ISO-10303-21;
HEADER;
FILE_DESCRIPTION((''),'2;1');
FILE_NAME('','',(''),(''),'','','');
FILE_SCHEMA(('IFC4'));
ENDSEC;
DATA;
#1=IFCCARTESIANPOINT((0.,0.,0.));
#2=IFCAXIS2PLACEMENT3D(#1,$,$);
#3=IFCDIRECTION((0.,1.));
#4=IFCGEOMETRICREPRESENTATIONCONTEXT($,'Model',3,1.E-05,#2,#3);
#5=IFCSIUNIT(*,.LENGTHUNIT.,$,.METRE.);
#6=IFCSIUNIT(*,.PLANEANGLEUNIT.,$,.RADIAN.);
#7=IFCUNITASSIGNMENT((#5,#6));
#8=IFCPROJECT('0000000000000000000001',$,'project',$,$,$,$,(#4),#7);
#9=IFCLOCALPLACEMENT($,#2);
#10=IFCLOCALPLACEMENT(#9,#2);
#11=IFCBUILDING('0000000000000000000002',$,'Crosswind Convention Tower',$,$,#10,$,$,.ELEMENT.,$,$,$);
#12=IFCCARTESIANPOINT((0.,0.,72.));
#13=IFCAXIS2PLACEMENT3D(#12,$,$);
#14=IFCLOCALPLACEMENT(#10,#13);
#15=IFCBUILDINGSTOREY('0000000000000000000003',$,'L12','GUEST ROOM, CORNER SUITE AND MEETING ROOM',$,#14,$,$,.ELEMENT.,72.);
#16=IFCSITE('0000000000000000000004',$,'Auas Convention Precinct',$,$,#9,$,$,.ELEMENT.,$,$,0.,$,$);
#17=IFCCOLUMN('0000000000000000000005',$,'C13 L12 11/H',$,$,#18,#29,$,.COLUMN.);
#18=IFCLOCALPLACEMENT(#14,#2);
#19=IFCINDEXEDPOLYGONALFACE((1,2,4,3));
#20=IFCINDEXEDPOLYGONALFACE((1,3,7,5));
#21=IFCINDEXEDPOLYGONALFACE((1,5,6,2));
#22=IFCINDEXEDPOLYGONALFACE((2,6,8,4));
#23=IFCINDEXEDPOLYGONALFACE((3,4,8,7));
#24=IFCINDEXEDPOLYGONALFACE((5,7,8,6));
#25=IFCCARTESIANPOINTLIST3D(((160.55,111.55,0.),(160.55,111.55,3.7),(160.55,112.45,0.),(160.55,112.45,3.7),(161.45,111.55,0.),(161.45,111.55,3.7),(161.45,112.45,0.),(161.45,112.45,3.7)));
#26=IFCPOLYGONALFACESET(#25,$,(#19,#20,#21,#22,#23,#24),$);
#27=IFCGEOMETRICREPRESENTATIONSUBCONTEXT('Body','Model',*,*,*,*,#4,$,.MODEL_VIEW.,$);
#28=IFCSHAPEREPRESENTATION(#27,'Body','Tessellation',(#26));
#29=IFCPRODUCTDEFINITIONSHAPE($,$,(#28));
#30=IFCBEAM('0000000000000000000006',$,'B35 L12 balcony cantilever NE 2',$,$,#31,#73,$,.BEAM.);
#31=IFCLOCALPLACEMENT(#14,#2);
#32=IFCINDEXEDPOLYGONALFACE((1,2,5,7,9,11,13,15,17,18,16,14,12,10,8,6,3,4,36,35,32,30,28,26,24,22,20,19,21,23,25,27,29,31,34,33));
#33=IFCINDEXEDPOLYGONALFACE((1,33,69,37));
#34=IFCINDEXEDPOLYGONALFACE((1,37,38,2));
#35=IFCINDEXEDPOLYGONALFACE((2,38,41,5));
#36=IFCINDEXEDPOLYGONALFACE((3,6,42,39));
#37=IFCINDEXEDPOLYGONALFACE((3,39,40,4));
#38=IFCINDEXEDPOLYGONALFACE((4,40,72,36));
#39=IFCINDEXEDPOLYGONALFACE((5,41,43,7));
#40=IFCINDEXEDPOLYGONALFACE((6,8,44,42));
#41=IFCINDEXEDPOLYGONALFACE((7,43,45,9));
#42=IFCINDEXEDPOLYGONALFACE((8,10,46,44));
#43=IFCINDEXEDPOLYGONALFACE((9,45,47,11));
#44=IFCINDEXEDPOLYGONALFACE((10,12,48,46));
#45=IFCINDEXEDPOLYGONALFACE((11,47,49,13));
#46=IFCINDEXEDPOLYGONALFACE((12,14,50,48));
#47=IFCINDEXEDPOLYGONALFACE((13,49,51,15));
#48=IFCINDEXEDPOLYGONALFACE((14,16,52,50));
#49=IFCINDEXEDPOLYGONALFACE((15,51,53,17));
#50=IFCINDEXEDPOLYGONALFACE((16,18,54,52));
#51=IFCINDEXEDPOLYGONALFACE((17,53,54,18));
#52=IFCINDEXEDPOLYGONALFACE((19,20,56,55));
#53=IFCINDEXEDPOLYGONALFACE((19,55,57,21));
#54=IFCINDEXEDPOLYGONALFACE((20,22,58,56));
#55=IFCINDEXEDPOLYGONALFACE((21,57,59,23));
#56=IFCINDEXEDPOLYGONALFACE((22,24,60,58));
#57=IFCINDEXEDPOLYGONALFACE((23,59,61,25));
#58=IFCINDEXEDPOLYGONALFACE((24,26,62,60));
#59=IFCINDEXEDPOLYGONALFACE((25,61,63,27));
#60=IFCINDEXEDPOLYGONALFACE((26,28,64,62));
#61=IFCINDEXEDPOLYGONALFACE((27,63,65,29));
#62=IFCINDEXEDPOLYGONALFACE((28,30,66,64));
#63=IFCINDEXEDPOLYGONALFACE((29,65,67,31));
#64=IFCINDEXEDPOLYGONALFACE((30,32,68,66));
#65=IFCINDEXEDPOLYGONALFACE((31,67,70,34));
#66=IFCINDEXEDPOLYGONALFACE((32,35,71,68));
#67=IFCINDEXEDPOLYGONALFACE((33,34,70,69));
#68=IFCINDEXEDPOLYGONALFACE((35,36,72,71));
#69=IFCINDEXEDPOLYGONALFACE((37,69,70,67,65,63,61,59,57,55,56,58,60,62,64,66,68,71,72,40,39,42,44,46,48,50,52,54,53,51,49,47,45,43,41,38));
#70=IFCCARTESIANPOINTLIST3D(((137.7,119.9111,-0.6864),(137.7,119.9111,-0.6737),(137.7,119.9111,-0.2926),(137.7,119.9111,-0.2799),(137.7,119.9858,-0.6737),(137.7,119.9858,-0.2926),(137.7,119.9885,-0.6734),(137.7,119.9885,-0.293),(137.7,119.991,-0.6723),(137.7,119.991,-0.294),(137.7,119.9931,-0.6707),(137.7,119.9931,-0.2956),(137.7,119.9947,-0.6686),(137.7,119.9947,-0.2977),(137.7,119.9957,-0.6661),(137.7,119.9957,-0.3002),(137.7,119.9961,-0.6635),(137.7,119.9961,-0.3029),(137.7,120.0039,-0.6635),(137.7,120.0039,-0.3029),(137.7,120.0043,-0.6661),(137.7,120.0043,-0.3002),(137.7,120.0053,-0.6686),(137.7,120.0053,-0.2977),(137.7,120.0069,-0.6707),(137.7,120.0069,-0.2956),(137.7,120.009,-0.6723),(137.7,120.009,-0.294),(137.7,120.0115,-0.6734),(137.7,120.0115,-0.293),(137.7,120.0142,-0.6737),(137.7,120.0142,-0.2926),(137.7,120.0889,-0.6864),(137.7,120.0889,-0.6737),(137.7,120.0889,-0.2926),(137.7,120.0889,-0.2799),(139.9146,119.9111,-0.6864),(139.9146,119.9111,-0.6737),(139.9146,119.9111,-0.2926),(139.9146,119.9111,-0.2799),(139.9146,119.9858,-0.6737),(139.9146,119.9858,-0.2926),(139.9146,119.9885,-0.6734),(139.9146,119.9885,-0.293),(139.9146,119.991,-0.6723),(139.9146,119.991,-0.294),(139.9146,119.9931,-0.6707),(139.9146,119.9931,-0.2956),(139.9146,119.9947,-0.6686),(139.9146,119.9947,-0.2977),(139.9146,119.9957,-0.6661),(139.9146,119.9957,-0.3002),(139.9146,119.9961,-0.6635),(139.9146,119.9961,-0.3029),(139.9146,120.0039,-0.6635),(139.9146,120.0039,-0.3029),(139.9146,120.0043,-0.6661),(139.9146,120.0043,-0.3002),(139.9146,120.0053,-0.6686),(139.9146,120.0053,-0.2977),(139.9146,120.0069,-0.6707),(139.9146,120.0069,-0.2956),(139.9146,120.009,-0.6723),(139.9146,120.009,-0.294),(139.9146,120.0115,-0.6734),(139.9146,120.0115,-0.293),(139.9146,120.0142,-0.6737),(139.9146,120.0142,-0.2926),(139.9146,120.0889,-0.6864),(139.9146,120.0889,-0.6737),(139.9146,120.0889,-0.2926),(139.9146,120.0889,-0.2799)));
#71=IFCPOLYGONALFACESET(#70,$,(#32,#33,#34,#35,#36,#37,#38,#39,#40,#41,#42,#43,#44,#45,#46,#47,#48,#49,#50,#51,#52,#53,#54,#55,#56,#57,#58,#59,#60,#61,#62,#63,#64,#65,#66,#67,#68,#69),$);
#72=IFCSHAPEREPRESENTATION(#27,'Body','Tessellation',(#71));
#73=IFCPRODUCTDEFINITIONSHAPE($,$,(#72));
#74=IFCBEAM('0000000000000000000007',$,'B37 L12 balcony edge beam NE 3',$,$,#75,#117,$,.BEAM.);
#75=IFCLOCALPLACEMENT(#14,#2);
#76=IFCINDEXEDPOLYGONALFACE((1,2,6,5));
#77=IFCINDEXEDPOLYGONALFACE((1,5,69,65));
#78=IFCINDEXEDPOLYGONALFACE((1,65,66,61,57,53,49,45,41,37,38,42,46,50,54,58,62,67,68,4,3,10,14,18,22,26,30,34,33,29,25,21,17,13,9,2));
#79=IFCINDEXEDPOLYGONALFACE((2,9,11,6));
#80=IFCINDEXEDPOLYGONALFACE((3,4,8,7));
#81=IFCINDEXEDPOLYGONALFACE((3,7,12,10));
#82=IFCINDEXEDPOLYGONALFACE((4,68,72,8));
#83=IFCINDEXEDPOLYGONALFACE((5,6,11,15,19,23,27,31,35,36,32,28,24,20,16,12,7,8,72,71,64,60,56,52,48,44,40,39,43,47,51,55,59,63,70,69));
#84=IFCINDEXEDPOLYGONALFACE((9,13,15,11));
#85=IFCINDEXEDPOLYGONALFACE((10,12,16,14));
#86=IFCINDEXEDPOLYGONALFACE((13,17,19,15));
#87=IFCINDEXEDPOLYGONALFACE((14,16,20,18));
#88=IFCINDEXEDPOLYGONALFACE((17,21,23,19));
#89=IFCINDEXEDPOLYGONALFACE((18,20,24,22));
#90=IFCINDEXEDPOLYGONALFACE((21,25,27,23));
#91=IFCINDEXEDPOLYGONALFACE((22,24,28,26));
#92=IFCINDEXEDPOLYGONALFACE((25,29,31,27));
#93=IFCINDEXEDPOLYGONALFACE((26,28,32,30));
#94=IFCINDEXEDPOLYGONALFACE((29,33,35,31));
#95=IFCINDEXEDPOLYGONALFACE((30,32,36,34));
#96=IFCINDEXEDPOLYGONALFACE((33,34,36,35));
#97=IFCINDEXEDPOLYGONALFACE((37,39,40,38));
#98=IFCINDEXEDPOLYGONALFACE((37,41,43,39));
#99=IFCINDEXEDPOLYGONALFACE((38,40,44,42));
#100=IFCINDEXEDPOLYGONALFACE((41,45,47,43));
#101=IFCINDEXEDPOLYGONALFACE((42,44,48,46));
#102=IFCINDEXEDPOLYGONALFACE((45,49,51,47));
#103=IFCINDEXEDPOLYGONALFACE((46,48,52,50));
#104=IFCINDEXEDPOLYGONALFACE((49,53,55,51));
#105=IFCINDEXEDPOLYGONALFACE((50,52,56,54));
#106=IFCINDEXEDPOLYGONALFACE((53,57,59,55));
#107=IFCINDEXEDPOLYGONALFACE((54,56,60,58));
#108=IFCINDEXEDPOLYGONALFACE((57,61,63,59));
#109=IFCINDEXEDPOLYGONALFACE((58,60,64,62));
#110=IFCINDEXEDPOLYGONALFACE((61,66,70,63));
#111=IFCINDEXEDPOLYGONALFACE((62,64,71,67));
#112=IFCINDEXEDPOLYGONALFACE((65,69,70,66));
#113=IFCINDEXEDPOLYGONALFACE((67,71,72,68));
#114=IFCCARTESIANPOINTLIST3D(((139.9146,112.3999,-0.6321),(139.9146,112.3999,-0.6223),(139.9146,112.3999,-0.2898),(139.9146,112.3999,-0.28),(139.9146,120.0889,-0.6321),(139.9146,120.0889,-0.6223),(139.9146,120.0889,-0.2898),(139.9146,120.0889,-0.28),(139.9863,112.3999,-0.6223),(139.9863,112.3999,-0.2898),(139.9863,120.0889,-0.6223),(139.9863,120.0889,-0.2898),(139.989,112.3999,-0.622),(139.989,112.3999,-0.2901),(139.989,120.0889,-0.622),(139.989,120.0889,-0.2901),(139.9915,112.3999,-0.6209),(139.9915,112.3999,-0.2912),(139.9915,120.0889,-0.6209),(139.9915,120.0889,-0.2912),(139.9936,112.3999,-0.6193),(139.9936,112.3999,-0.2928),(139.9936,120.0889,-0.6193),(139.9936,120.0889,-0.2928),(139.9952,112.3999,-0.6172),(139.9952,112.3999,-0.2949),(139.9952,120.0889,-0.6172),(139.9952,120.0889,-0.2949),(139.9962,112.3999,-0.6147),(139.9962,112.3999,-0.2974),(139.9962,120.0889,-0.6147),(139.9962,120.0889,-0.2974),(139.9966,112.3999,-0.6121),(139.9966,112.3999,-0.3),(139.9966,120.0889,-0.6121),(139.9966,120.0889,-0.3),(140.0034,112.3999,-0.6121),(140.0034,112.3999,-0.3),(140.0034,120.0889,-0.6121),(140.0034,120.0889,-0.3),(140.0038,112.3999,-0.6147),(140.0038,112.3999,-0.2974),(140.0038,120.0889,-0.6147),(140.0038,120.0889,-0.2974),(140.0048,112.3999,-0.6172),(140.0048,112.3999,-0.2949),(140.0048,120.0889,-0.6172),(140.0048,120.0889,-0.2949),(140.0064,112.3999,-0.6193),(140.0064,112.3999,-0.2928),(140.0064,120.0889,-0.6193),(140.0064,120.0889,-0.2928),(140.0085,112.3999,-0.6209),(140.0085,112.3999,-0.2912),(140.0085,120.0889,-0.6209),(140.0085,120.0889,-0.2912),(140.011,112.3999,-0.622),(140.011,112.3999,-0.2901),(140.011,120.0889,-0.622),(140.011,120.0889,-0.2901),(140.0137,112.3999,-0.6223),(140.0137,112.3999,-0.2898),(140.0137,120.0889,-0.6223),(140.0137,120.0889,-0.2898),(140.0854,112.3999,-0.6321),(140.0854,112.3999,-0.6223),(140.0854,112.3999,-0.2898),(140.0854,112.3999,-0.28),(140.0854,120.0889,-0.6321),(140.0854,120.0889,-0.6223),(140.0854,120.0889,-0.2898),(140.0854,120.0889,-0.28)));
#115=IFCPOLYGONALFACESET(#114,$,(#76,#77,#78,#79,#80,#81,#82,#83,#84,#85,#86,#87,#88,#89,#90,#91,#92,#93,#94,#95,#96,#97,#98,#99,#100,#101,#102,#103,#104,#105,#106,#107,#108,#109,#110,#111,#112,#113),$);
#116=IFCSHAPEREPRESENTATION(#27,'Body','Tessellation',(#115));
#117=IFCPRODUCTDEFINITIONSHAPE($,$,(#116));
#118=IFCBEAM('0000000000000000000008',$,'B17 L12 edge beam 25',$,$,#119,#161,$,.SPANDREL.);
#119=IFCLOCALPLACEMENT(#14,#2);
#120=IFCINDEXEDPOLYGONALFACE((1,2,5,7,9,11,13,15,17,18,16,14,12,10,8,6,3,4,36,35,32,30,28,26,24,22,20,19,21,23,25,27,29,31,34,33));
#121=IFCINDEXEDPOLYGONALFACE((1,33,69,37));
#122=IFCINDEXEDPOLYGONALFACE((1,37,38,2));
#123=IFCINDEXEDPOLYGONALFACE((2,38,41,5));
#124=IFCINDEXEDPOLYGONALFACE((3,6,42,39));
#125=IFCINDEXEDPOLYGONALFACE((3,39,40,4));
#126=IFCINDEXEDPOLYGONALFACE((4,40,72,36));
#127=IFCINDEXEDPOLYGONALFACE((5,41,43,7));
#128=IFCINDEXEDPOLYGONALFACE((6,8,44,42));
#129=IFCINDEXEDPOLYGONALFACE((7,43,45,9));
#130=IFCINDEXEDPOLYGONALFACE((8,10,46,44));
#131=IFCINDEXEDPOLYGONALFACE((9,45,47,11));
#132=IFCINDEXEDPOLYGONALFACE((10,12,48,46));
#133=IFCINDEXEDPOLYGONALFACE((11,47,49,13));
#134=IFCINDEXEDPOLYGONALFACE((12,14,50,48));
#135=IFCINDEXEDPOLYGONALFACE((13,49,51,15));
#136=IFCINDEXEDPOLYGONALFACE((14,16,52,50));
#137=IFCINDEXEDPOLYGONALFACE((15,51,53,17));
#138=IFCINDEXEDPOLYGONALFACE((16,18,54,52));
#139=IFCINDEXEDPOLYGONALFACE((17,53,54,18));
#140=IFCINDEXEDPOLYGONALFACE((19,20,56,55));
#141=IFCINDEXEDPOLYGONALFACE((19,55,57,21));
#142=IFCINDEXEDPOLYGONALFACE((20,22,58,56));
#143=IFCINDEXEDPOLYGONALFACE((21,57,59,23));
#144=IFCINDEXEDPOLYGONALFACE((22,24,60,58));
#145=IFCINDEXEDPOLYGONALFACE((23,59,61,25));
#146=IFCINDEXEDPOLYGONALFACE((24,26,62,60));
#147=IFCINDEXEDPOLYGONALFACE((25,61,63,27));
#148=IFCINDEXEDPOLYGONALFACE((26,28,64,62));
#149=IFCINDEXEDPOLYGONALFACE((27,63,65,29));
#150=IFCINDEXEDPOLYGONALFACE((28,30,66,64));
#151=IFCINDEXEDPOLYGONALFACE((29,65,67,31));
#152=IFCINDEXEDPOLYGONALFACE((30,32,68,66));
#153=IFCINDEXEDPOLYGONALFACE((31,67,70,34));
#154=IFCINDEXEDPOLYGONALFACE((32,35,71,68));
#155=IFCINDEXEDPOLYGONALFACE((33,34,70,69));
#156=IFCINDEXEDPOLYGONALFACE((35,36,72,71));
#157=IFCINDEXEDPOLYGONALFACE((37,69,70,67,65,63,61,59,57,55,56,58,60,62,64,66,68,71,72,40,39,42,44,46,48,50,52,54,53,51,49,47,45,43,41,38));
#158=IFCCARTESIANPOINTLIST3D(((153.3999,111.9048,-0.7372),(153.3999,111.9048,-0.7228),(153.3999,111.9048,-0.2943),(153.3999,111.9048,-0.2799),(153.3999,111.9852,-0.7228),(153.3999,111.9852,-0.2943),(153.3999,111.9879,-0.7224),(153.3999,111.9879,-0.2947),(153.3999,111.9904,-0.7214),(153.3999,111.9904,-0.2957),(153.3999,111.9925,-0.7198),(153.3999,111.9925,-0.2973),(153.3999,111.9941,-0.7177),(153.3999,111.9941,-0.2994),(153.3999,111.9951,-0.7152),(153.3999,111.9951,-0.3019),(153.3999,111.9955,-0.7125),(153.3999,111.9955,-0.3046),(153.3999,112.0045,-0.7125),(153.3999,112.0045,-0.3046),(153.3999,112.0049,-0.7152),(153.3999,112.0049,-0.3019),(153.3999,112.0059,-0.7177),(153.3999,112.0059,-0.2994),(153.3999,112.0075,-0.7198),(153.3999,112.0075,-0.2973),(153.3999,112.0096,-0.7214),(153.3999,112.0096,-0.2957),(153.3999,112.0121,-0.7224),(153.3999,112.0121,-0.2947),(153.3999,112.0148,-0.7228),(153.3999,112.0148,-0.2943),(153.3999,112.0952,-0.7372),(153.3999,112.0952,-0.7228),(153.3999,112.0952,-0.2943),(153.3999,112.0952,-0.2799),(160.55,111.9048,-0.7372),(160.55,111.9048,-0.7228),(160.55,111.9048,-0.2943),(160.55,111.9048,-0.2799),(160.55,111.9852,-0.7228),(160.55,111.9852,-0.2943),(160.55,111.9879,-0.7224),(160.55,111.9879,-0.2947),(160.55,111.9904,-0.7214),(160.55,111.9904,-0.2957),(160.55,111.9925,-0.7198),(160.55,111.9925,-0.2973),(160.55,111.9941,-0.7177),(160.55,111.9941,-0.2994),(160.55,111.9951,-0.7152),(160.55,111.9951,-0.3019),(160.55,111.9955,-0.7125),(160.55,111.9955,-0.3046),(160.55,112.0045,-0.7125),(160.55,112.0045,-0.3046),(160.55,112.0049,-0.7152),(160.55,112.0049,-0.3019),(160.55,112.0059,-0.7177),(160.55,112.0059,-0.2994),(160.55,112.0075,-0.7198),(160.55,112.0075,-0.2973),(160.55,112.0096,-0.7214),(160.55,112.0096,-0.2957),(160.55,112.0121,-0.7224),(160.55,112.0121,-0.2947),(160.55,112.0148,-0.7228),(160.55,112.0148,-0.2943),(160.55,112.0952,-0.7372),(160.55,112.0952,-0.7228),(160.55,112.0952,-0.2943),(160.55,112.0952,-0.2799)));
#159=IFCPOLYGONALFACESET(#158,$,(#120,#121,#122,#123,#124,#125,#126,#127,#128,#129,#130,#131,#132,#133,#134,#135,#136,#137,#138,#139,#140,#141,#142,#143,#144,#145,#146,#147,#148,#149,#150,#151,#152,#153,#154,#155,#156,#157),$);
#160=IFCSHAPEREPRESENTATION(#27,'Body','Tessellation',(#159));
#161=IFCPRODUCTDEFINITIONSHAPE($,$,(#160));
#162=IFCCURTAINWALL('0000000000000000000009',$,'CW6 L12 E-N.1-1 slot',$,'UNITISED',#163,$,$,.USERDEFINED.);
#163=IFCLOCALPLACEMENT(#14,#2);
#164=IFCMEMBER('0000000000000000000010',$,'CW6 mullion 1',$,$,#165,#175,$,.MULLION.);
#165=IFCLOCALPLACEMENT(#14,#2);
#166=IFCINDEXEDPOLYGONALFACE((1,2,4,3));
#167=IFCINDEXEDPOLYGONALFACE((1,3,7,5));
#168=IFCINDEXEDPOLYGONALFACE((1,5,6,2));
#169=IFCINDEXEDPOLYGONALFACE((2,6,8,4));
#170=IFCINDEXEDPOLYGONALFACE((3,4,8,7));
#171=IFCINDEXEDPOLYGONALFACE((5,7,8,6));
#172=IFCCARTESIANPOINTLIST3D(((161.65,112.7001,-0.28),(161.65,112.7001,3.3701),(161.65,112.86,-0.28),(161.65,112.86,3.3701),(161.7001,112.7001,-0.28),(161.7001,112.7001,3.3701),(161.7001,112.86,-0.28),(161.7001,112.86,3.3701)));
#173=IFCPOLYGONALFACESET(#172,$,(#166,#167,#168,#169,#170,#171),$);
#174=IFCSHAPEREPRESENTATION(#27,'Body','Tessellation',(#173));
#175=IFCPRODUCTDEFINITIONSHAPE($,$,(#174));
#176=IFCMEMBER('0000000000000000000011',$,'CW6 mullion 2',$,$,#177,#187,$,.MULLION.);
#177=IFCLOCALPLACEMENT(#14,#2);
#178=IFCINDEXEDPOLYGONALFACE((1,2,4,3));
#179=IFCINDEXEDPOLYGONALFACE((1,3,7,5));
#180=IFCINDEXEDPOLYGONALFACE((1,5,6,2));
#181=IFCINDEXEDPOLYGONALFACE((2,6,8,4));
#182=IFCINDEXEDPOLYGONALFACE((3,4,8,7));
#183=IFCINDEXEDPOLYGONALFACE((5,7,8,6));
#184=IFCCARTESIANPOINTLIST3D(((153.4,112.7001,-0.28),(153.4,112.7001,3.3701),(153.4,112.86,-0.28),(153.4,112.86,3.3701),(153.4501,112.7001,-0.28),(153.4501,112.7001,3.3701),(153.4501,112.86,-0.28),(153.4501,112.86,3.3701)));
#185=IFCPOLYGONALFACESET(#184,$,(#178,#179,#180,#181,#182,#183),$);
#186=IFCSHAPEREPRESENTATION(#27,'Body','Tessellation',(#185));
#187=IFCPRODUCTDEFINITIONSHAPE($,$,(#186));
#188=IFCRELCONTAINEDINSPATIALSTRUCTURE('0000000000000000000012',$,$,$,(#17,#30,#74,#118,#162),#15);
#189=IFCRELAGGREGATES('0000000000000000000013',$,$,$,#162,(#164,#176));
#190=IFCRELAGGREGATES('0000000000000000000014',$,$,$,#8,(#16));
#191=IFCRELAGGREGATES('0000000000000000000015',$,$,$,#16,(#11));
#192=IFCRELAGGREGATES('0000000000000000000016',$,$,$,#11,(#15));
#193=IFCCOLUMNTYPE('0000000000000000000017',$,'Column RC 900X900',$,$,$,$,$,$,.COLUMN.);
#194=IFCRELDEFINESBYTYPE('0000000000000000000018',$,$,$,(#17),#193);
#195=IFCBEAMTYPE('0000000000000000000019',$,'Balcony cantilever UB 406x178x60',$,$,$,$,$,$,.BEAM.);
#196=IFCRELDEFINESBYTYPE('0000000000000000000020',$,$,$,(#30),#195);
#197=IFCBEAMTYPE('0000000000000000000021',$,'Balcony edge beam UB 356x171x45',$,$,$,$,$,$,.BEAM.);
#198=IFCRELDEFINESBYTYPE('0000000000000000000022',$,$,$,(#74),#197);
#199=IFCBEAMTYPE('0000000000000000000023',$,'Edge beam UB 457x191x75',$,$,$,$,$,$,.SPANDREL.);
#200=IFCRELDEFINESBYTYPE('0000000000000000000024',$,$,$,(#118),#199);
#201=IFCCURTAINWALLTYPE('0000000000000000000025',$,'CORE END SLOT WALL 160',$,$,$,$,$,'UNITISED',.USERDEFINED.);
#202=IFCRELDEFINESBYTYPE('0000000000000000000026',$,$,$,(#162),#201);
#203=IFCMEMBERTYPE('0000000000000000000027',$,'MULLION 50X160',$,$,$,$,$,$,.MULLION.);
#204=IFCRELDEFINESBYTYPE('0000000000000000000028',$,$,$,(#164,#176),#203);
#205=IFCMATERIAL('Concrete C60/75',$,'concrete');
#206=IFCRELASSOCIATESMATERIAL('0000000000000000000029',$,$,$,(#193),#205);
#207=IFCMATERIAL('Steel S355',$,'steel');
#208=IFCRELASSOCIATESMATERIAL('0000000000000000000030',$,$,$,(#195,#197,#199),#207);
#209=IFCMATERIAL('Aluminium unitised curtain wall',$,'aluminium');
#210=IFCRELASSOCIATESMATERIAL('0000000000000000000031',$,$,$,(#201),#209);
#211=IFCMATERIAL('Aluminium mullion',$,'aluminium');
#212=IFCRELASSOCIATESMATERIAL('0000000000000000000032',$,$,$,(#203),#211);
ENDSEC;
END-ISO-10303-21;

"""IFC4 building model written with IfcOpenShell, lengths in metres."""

from ifc_helpers import new_model, si_unit, direction, frame, origin, origin_2d, place, context, subcontext, project, spatial, rectangle, i_section, extrude, material, material_profile, profile_set, type_object, element, aggregate, save


model = new_model("IFC4")

# Units and contexts
model_context = context("Model", 3, precision=1e-05, world=origin(), true_north=direction((0.0, 1.0)))
body_context = subcontext(model_context, "Body", "Model", "MODEL_VIEW")
ifc_project = project(units=[si_unit("LENGTHUNIT", "METRE"), si_unit("PLANEANGLEUNIT", "RADIAN")], contexts=[model_context])

# Site, building, storey
site_placement = place(None, origin())
site = spatial("IfcSite", under=ifc_project, at=site_placement, Name="Auas Convention Precinct", CompositionType="ELEMENT", RefElevation=0.0)
building_placement = place(site_placement, origin())
building = spatial("IfcBuilding", under=site, at=building_placement, Name="Crosswind Convention Tower", CompositionType="ELEMENT")
storey_placement = place(building_placement, frame((0.0, 0.0, 72.0)))
storey = spatial("IfcBuildingStorey", under=building, at=storey_placement, Name="L12", Description="GUEST ROOM, CORNER SUITE AND MEETING ROOM", CompositionType="ELEMENT", Elevation=72.0)

# Column
ifc_material_1 = material(Name="Concrete C60/75", Category="concrete")
ifc_material_profile_1 = material_profile(ifc_material_1, rectangle(XDim=0.8999, YDim=0.8999, at=origin_2d()), Name="RC 900X900")
ifc_profile_set_1 = profile_set([ifc_material_profile_1], Name="Concrete C60/75")
column_type = type_object("IfcColumnType", Name="Column RC 900X900", PredefinedType="COLUMN", material=ifc_profile_set_1)
column_placement = place(storey_placement, frame((161.0, 112.0, 0.0), z_axis=(0.0, 0.0, 1.0), x_axis=(1.0, 0.0, 0.0)))
element("IfcColumn", 1, at=column_placement, inside=storey, type_object=column_type, Name="C13 L12 11/H", PredefinedType="COLUMN", context=body_context, shape_type="SweptSolid", body=[
    extrude(rectangle(XDim=0.8999, YDim=0.8999, at=origin_2d()), origin(), (0.0, 0.0, 1.0), 3.7),
])

# Beams
ifc_material_2 = material(Name="Steel S355", Category="steel")
ifc_material_profile_2 = material_profile(ifc_material_2, i_section(OverallWidth=0.1777, OverallDepth=0.4065, WebThickness=0.0078, FlangeThickness=0.0127, FilletRadius=0.0103, at=origin_2d()), Name="UB 406x178x60")
ifc_profile_set_2 = profile_set([ifc_material_profile_2], Name="Steel S355")
beam_type_1 = type_object("IfcBeamType", Name="Balcony cantilever UB 406x178x60", PredefinedType="BEAM", material=ifc_profile_set_2)
beam_1_placement = place(storey_placement, frame((137.7, 120.0, -0.4832), z_axis=(1.0, 0.0, 0.0), x_axis=(0.0, 1.0, 0.0)))
element("IfcBeam", 2, at=beam_1_placement, inside=storey, type_object=beam_type_1, Name="B35 L12 balcony cantilever NE 2", PredefinedType="BEAM", context=body_context, shape_type="SweptSolid", body=[
    extrude(i_section(OverallWidth=0.1777, OverallDepth=0.4065, WebThickness=0.0078, FlangeThickness=0.0127, FilletRadius=0.0103, at=origin_2d()), origin(), (0.0, 0.0, 1.0), 2.2146),
])
ifc_material_profile_3 = material_profile(ifc_material_2, i_section(OverallWidth=0.1709, OverallDepth=0.3521, WebThickness=0.0068, FlangeThickness=0.0098, FilletRadius=0.0103, at=origin_2d()), Name="UB 356x171x45")
ifc_profile_set_3 = profile_set([ifc_material_profile_3], Name="Steel S355")
beam_type_2 = type_object("IfcBeamType", Name="Balcony edge beam UB 356x171x45", PredefinedType="BEAM", material=ifc_profile_set_3)
beam_2_placement = place(storey_placement, frame((140.0, 112.3999, -0.4561), z_axis=(0.0, 1.0, 0.0), x_axis=(-1.0, 0.0, 0.0)))
element("IfcBeam", 3, at=beam_2_placement, inside=storey, type_object=beam_type_2, Name="B37 L12 balcony edge beam NE 3", PredefinedType="BEAM", context=body_context, shape_type="SweptSolid", body=[
    extrude(i_section(OverallWidth=0.1709, OverallDepth=0.3521, WebThickness=0.0068, FlangeThickness=0.0098, FilletRadius=0.0103, at=origin_2d()), origin(), (0.0, 0.0, 1.0), 7.689),
])
ifc_material_profile_4 = material_profile(ifc_material_2, i_section(OverallWidth=0.1904, OverallDepth=0.4573, WebThickness=0.009, FlangeThickness=0.0144, FilletRadius=0.0103, at=origin_2d()), Name="UB 457x191x75")
ifc_profile_set_4 = profile_set([ifc_material_profile_4], Name="Steel S355")
beam_type_3 = type_object("IfcBeamType", Name="Edge beam UB 457x191x75", PredefinedType="SPANDREL", material=ifc_profile_set_4)
beam_3_placement = place(storey_placement, frame((153.3999, 112.0, -0.5085), z_axis=(1.0, 0.0, 0.0), x_axis=(0.0, 1.0, 0.0)))
element("IfcBeam", 4, at=beam_3_placement, inside=storey, type_object=beam_type_3, Name="B17 L12 edge beam 25", PredefinedType="SPANDREL", context=body_context, shape_type="SweptSolid", body=[
    extrude(i_section(OverallWidth=0.1904, OverallDepth=0.4573, WebThickness=0.009, FlangeThickness=0.0144, FilletRadius=0.0103, at=origin_2d()), origin(), (0.0, 0.0, 1.0), 7.1501),
])

# Curtain wall, members
ifc_material_3 = material(Name="Aluminium unitised curtain wall", Category="aluminium")
curtain_wall_type_1 = type_object("IfcCurtainWallType", Name="CORE END SLOT WALL 160", ElementType="UNITISED", PredefinedType="USERDEFINED", material=ifc_material_3)
curtain_wall_1_placement = place(storey_placement, origin())
curtain_wall_1 = element("IfcCurtainWall", 5, at=curtain_wall_1_placement, inside=storey, type_object=curtain_wall_type_1, Name="CW6 L12 E-N.1-1 slot", ObjectType="UNITISED", PredefinedType="USERDEFINED")
ifc_material_4 = material(Name="Aluminium mullion", Category="aluminium")
ifc_material_profile_5 = material_profile(ifc_material_4, rectangle(XDim=0.1599, YDim=0.05, at=origin_2d()), Name="AL 160X50")
ifc_profile_set_5 = profile_set([ifc_material_profile_5], Name="Aluminium mullion")
member_type_1 = type_object("IfcMemberType", Name="MULLION 50X160", PredefinedType="MULLION", material=ifc_profile_set_5)
member_1_placement = place(storey_placement, frame((161.675, 112.78, -0.28), z_axis=(0.0, 0.0, 1.0), x_axis=(0.0, 1.0, 0.0)))
member_1 = element("IfcMember", 6, at=member_1_placement, type_object=member_type_1, Name="CW6 mullion 1", PredefinedType="MULLION", context=body_context, shape_type="SweptSolid", body=[
    extrude(rectangle(XDim=0.1599, YDim=0.05, at=origin_2d()), origin(), (0.0, 0.0, 1.0), 3.6501),
])
member_2_placement = place(storey_placement, frame((153.425, 112.78, -0.28), z_axis=(0.0, 0.0, 1.0), x_axis=(0.0, 1.0, 0.0)))
member_2 = element("IfcMember", 7, at=member_2_placement, type_object=member_type_1, Name="CW6 mullion 2", PredefinedType="MULLION", context=body_context, shape_type="SweptSolid", body=[
    extrude(rectangle(XDim=0.1599, YDim=0.05, at=origin_2d()), origin(), (0.0, 0.0, 1.0), 3.6501),
])

aggregate(curtain_wall_1, [member_1, member_2])

save(model, "model.ifc")
